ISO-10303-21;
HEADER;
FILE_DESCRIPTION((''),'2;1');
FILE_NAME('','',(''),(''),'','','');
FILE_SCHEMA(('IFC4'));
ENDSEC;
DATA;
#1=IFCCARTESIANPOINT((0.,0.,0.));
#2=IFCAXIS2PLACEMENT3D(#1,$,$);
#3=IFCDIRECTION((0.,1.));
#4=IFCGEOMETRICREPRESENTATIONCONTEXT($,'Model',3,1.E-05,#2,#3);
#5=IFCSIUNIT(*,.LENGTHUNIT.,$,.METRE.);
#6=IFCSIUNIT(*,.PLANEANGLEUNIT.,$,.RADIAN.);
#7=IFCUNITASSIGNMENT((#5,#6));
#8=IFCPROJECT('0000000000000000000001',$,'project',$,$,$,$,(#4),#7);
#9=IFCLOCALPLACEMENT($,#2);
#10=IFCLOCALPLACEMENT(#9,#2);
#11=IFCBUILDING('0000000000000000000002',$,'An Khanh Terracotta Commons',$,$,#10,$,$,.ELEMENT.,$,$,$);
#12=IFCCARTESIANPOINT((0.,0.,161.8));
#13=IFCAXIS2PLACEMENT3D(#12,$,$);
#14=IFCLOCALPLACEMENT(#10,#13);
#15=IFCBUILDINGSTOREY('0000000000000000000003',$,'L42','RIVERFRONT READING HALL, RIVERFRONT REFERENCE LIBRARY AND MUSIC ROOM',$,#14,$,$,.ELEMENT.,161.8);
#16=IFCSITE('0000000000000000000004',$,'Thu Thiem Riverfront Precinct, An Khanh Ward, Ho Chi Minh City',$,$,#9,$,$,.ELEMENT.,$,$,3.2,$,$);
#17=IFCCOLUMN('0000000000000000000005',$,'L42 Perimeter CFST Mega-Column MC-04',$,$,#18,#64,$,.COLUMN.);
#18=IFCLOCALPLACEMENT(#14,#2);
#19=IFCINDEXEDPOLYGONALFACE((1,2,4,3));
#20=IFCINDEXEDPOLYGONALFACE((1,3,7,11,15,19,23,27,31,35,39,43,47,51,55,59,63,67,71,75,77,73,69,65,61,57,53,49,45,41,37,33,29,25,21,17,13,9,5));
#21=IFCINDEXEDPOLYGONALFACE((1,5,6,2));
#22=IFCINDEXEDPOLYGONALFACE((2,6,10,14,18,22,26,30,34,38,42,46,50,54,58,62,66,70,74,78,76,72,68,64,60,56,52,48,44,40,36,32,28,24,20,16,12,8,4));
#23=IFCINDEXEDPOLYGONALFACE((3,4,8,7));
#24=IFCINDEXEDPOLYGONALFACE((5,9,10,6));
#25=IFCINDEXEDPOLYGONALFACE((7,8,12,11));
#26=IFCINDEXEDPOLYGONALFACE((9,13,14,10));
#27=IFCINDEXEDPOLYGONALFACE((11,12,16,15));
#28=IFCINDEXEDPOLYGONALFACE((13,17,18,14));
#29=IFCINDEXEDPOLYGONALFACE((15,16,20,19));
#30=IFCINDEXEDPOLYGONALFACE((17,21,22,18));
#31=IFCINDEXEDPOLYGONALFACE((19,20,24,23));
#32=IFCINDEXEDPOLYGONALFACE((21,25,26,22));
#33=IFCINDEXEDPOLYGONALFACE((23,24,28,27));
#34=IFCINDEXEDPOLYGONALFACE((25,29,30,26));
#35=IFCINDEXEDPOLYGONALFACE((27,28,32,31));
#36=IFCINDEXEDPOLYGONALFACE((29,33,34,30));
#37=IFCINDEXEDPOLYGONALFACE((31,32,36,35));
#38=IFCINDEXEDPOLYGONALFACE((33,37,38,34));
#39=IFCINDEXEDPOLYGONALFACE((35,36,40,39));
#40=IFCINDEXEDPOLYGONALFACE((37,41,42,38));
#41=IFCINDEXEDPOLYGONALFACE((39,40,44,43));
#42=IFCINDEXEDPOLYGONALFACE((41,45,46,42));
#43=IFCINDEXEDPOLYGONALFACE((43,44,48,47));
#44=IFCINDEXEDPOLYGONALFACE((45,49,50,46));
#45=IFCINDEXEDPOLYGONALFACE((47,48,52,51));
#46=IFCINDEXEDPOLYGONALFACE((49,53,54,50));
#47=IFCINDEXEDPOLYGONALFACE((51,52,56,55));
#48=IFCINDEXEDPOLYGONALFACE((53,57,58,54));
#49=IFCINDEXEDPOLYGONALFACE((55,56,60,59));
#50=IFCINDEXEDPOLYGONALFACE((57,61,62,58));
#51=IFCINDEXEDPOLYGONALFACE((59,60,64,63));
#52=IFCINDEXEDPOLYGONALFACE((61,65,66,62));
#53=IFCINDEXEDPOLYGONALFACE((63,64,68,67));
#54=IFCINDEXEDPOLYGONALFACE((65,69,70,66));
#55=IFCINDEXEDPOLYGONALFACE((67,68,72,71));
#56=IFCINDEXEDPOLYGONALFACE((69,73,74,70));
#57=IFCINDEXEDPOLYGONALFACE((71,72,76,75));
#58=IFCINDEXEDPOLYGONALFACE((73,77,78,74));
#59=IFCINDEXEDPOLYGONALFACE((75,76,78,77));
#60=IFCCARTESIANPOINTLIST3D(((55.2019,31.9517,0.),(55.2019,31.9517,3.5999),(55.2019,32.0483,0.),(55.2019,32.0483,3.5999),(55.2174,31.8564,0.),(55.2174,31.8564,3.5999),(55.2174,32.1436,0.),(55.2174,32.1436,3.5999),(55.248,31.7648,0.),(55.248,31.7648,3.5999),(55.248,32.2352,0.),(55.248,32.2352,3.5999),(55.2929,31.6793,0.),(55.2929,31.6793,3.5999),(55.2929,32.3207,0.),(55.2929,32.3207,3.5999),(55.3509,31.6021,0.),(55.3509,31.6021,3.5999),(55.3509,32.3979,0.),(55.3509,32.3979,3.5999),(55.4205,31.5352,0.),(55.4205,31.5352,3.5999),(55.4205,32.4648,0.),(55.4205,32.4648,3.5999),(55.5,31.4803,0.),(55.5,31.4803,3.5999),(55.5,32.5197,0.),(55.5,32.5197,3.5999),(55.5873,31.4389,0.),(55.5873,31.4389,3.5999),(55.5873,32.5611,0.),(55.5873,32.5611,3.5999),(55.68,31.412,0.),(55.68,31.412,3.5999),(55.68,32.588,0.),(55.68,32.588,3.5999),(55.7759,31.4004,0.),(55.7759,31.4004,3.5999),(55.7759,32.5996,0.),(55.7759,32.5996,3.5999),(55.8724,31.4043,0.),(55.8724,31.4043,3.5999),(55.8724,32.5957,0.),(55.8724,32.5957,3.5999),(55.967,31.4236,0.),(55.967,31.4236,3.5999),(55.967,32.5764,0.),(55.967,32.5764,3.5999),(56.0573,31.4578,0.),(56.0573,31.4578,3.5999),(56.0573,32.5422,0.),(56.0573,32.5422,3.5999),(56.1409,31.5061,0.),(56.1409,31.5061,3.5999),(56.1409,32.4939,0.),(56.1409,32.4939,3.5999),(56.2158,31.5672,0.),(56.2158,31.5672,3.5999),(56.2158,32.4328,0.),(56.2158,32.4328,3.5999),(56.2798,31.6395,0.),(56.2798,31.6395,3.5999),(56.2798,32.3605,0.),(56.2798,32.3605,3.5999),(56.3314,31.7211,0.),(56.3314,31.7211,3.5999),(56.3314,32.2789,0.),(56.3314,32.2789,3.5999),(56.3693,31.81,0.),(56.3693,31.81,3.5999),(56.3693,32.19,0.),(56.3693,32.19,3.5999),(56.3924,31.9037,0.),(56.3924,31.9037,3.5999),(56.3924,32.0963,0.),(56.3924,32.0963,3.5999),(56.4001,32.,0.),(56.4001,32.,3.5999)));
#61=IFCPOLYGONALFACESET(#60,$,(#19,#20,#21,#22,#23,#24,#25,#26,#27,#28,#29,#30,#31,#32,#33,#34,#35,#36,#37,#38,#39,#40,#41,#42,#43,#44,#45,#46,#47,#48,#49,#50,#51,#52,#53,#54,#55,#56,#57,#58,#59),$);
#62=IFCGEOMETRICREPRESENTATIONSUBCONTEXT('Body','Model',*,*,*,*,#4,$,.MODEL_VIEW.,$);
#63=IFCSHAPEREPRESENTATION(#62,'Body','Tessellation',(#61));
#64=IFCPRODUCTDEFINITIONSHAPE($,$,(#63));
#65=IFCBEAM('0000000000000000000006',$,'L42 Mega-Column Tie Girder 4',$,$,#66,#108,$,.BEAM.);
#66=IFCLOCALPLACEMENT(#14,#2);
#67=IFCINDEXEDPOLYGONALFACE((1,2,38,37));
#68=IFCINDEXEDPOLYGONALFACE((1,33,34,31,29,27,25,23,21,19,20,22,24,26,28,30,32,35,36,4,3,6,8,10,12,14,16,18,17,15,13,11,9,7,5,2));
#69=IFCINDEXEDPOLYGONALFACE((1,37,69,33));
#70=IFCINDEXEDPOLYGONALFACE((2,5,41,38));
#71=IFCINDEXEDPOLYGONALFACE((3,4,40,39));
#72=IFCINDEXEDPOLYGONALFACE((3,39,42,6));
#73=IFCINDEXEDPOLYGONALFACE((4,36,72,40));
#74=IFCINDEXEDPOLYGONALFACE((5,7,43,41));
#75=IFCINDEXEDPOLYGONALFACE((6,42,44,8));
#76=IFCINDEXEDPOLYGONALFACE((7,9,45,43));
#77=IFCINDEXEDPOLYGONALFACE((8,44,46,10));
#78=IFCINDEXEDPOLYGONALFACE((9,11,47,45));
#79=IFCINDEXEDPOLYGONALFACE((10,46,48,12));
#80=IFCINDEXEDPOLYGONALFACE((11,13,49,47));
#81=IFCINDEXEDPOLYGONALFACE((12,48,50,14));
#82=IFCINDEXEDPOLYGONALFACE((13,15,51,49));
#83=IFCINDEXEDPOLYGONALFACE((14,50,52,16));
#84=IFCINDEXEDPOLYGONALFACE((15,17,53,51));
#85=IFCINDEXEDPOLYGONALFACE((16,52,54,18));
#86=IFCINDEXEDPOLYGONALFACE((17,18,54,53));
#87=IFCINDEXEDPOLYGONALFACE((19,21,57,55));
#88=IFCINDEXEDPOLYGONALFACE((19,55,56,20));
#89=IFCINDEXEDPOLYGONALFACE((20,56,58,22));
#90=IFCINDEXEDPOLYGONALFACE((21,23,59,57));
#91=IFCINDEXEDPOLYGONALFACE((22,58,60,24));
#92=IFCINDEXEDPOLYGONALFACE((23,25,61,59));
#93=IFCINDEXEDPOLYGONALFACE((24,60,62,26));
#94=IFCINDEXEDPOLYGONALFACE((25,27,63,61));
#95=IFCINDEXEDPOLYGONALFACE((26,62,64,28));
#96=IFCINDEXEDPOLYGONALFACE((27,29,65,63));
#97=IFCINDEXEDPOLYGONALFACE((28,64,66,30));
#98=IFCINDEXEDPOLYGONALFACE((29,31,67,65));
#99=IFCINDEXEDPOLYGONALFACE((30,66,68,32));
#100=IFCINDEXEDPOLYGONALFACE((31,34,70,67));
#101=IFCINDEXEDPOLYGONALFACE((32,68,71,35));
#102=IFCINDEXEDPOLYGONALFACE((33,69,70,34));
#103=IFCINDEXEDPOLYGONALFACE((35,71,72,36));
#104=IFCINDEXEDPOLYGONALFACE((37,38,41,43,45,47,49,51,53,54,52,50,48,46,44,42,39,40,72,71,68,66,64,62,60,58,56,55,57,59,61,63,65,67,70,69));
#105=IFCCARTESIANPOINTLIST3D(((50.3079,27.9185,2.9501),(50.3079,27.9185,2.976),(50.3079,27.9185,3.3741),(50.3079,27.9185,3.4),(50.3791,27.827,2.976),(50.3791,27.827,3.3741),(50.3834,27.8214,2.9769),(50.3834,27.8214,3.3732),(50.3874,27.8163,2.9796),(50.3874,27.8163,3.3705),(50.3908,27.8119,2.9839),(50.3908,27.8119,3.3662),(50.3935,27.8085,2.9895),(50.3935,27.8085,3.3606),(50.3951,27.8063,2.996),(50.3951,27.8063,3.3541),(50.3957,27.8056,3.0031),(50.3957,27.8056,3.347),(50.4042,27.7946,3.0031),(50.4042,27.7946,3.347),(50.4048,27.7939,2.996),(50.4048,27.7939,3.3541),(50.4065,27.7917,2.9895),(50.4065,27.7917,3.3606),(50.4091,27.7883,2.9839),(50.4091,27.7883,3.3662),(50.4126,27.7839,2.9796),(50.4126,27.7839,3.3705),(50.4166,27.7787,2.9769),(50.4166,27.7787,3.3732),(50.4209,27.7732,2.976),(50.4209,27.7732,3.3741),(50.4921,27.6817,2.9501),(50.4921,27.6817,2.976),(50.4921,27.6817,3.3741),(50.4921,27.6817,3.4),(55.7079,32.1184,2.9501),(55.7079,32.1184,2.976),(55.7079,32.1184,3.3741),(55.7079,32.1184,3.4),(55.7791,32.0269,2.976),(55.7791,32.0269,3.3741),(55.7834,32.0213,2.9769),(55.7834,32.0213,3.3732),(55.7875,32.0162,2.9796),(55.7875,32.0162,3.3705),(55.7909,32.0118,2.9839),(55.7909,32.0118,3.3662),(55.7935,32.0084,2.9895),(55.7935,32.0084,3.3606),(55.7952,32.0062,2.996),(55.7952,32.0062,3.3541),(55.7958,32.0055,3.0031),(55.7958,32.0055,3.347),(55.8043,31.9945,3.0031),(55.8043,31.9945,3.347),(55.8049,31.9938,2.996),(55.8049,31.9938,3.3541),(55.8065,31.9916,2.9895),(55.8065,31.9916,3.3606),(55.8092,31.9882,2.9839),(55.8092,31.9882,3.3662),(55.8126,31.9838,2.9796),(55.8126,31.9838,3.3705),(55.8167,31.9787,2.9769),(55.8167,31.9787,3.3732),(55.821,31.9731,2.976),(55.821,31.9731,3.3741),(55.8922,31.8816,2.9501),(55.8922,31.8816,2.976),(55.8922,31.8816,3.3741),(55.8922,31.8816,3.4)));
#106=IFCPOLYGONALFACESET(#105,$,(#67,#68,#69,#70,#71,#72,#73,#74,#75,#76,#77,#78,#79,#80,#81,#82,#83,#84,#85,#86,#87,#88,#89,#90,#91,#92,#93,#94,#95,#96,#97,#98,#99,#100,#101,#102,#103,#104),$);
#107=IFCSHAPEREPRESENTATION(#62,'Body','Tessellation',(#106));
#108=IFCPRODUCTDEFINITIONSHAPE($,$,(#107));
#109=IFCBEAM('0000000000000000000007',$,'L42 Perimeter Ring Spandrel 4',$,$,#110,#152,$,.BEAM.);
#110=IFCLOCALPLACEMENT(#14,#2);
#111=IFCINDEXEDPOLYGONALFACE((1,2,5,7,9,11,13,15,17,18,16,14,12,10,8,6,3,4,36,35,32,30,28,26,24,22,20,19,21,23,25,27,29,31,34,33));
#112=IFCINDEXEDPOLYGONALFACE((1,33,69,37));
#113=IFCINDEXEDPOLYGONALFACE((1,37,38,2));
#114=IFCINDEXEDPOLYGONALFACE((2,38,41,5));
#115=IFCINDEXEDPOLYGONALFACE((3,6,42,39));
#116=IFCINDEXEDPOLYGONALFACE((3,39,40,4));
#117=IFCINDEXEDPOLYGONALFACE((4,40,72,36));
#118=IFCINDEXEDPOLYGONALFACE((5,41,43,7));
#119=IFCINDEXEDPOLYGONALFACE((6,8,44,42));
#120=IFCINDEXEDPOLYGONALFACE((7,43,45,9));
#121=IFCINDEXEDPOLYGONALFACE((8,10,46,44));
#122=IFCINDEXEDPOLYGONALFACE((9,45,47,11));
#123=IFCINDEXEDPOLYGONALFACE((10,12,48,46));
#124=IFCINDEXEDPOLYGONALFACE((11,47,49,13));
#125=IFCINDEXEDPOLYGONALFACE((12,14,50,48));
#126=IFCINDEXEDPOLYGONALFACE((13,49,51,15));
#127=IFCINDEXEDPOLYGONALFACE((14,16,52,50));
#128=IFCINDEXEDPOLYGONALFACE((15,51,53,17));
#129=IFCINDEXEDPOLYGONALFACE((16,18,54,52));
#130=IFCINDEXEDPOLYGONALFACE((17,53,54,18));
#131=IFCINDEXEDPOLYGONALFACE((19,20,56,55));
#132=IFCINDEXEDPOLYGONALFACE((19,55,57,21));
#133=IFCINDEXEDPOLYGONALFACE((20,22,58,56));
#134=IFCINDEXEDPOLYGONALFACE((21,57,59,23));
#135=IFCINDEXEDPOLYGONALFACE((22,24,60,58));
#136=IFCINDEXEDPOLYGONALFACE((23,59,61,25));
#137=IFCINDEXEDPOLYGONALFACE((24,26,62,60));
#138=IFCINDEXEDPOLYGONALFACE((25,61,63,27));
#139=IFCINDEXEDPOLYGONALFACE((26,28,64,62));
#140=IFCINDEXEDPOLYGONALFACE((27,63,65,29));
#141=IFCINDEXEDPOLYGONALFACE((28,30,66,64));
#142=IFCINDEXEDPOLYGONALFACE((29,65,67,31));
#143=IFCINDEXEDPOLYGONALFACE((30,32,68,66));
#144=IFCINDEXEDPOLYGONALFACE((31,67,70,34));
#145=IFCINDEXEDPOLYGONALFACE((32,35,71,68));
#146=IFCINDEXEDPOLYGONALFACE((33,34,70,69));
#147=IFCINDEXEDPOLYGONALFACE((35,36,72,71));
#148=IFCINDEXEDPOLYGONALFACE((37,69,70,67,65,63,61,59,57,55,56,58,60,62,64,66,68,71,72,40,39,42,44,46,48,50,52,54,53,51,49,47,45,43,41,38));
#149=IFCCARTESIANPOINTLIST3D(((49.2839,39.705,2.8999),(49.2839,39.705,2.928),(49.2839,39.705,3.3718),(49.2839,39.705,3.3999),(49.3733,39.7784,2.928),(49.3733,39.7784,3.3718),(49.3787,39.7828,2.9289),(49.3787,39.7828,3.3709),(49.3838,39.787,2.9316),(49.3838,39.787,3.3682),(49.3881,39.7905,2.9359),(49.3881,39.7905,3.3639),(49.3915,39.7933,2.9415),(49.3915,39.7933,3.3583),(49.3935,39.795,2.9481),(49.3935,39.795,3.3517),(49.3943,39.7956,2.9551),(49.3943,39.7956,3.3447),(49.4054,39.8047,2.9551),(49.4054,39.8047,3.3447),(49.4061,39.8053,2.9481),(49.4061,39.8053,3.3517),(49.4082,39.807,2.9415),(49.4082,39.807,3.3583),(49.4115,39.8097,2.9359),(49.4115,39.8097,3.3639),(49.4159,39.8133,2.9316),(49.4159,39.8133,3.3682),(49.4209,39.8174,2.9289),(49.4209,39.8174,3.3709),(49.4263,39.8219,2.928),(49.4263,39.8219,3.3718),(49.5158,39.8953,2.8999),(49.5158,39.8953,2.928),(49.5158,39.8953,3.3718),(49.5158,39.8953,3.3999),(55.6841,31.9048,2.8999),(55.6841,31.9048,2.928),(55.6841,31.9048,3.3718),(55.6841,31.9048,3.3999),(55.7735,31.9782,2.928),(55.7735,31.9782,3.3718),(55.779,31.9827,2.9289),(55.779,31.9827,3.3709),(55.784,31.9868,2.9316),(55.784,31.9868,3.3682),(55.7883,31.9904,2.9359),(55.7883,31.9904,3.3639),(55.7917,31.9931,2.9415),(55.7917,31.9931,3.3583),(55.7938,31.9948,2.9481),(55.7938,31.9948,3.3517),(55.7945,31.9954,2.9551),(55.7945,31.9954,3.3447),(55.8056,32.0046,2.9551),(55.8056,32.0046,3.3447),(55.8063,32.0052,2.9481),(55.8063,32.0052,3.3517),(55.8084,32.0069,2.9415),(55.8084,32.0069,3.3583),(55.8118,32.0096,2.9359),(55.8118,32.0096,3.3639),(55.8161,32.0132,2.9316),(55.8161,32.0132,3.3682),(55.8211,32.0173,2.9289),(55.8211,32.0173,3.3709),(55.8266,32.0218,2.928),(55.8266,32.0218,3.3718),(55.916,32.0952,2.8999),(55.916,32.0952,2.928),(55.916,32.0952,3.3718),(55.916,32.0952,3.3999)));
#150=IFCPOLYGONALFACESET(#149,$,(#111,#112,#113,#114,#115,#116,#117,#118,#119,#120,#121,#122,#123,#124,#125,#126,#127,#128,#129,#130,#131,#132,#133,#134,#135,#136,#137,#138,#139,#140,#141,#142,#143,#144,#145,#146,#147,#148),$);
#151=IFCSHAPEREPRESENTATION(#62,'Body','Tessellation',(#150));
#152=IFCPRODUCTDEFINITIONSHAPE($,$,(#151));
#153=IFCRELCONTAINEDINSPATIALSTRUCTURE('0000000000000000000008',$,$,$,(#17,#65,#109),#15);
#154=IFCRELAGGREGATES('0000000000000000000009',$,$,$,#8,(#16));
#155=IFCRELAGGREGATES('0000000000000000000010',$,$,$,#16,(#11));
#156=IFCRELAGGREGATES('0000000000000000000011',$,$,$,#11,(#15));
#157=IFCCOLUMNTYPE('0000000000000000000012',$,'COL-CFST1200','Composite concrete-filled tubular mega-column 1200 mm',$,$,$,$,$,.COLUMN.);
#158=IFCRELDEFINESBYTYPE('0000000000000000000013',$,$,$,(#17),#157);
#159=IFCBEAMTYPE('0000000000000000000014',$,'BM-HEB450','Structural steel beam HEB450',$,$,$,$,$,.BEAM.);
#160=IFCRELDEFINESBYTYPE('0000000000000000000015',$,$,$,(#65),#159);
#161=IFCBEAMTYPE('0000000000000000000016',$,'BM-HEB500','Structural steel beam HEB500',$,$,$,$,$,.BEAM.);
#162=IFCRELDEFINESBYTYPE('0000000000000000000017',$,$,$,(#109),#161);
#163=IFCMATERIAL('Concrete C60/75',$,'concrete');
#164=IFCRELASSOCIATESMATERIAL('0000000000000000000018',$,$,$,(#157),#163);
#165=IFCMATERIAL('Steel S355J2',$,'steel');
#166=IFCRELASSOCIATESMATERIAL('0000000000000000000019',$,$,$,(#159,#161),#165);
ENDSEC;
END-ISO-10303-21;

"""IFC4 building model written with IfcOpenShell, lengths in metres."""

from ifc_helpers import new_model, si_unit, direction, frame, origin, origin_2d, place, context, subcontext, project, spatial, circle, i_section, extrude, material, material_profile, profile_set, type_object, element, save


model = new_model("IFC4")

# Units and contexts
model_context = context("Model", 3, precision=1e-05, world=origin(), true_north=direction((0.0, 1.0)))
body_context = subcontext(model_context, "Body", "Model", "MODEL_VIEW")
ifc_project = project(units=[si_unit("LENGTHUNIT", "METRE"), si_unit("PLANEANGLEUNIT", "RADIAN")], contexts=[model_context])

# Site, building, storey
site_placement = place(None, origin())
site = spatial("IfcSite", under=ifc_project, at=site_placement, Name="Thu Thiem Riverfront Precinct, An Khanh Ward, Ho Chi Minh City", CompositionType="ELEMENT", RefElevation=3.2)
building_placement = place(site_placement, origin())
building = spatial("IfcBuilding", under=site, at=building_placement, Name="An Khanh Terracotta Commons", CompositionType="ELEMENT")
storey_placement = place(building_placement, frame((0.0, 0.0, 161.8)))
storey = spatial("IfcBuildingStorey", under=building, at=storey_placement, Name="L42", Description="RIVERFRONT READING HALL, RIVERFRONT REFERENCE LIBRARY AND MUSIC ROOM", CompositionType="ELEMENT", Elevation=161.8)

# Column
ifc_material_1 = material(Name="Concrete C60/75", Category="concrete")
ifc_material_profile_1 = material_profile(ifc_material_1, circle(Radius=0.6001, at=origin_2d()), Name="CFST1200")
ifc_profile_set_1 = profile_set([ifc_material_profile_1], Name="Concrete C60/75")
column_type = type_object("IfcColumnType", Name="COL-CFST1200", Description="Composite concrete-filled tubular mega-column 1200 mm", PredefinedType="COLUMN", material=ifc_profile_set_1)
column_placement = place(storey_placement, frame((55.8, 32.0, 0.0), z_axis=(0.0, 0.0, 1.0), x_axis=(1.0, 0.0, 0.0)))
element("IfcColumn", 1, at=column_placement, inside=storey, type_object=column_type, Name="L42 Perimeter CFST Mega-Column MC-04", PredefinedType="COLUMN", context=body_context, shape_type="SweptSolid", body=[
    extrude(circle(Radius=0.6001, at=origin_2d()), origin(), (0.0, 0.0, 1.0), 3.5999),
])

# Beams
ifc_material_2 = material(Name="Steel S355J2", Category="steel")
ifc_material_profile_2 = material_profile(ifc_material_2, i_section(OverallWidth=0.3, OverallDepth=0.45, WebThickness=0.0139, FlangeThickness=0.0259, FilletRadius=0.0271, at=origin_2d()), Name="HEB450")
ifc_profile_set_2 = profile_set([ifc_material_profile_2], Name="Steel S355J2")
beam_type_1 = type_object("IfcBeamType", Name="BM-HEB450", Description="Structural steel beam HEB450", PredefinedType="BEAM", material=ifc_profile_set_2)
beam_1_placement = place(storey_placement, frame((55.8, 32.0, 3.175), z_axis=(-0.789364, -0.613926, 0.0), x_axis=(0.613926, -0.789364, 0.0)))
element("IfcBeam", 2, at=beam_1_placement, inside=storey, type_object=beam_type_1, Name="L42 Mega-Column Tie Girder 4", PredefinedType="BEAM", context=body_context, shape_type="SweptSolid", body=[
    extrude(i_section(OverallWidth=0.3, OverallDepth=0.45, WebThickness=0.0139, FlangeThickness=0.0259, FilletRadius=0.0271, at=origin_2d()), origin(), (0.0, 0.0, 1.0), 6.8411),
])
ifc_material_profile_3 = material_profile(ifc_material_2, i_section(OverallWidth=0.3, OverallDepth=0.5, WebThickness=0.0144, FlangeThickness=0.0281, FilletRadius=0.0271, at=origin_2d()), Name="HEB500")
ifc_profile_set_3 = profile_set([ifc_material_profile_3], Name="Steel S355J2")
beam_type_2 = type_object("IfcBeamType", Name="BM-HEB500", Description="Structural steel beam HEB500", PredefinedType="BEAM", material=ifc_profile_set_3)
beam_2_placement = place(storey_placement, frame((55.8, 32.0, 3.1499), z_axis=(-0.634323, 0.773068, 0.0), x_axis=(-0.773068, -0.634323, 0.0)))
element("IfcBeam", 3, at=beam_2_placement, inside=storey, type_object=beam_type_2, Name="L42 Perimeter Ring Spandrel 4", PredefinedType="BEAM", context=body_context, shape_type="SweptSolid", body=[
    extrude(i_section(OverallWidth=0.3, OverallDepth=0.5, WebThickness=0.0144, FlangeThickness=0.0281, FilletRadius=0.0271, at=origin_2d()), origin(), (0.0, 0.0, 1.0), 10.0898),
])

save(model, "model.ifc")
